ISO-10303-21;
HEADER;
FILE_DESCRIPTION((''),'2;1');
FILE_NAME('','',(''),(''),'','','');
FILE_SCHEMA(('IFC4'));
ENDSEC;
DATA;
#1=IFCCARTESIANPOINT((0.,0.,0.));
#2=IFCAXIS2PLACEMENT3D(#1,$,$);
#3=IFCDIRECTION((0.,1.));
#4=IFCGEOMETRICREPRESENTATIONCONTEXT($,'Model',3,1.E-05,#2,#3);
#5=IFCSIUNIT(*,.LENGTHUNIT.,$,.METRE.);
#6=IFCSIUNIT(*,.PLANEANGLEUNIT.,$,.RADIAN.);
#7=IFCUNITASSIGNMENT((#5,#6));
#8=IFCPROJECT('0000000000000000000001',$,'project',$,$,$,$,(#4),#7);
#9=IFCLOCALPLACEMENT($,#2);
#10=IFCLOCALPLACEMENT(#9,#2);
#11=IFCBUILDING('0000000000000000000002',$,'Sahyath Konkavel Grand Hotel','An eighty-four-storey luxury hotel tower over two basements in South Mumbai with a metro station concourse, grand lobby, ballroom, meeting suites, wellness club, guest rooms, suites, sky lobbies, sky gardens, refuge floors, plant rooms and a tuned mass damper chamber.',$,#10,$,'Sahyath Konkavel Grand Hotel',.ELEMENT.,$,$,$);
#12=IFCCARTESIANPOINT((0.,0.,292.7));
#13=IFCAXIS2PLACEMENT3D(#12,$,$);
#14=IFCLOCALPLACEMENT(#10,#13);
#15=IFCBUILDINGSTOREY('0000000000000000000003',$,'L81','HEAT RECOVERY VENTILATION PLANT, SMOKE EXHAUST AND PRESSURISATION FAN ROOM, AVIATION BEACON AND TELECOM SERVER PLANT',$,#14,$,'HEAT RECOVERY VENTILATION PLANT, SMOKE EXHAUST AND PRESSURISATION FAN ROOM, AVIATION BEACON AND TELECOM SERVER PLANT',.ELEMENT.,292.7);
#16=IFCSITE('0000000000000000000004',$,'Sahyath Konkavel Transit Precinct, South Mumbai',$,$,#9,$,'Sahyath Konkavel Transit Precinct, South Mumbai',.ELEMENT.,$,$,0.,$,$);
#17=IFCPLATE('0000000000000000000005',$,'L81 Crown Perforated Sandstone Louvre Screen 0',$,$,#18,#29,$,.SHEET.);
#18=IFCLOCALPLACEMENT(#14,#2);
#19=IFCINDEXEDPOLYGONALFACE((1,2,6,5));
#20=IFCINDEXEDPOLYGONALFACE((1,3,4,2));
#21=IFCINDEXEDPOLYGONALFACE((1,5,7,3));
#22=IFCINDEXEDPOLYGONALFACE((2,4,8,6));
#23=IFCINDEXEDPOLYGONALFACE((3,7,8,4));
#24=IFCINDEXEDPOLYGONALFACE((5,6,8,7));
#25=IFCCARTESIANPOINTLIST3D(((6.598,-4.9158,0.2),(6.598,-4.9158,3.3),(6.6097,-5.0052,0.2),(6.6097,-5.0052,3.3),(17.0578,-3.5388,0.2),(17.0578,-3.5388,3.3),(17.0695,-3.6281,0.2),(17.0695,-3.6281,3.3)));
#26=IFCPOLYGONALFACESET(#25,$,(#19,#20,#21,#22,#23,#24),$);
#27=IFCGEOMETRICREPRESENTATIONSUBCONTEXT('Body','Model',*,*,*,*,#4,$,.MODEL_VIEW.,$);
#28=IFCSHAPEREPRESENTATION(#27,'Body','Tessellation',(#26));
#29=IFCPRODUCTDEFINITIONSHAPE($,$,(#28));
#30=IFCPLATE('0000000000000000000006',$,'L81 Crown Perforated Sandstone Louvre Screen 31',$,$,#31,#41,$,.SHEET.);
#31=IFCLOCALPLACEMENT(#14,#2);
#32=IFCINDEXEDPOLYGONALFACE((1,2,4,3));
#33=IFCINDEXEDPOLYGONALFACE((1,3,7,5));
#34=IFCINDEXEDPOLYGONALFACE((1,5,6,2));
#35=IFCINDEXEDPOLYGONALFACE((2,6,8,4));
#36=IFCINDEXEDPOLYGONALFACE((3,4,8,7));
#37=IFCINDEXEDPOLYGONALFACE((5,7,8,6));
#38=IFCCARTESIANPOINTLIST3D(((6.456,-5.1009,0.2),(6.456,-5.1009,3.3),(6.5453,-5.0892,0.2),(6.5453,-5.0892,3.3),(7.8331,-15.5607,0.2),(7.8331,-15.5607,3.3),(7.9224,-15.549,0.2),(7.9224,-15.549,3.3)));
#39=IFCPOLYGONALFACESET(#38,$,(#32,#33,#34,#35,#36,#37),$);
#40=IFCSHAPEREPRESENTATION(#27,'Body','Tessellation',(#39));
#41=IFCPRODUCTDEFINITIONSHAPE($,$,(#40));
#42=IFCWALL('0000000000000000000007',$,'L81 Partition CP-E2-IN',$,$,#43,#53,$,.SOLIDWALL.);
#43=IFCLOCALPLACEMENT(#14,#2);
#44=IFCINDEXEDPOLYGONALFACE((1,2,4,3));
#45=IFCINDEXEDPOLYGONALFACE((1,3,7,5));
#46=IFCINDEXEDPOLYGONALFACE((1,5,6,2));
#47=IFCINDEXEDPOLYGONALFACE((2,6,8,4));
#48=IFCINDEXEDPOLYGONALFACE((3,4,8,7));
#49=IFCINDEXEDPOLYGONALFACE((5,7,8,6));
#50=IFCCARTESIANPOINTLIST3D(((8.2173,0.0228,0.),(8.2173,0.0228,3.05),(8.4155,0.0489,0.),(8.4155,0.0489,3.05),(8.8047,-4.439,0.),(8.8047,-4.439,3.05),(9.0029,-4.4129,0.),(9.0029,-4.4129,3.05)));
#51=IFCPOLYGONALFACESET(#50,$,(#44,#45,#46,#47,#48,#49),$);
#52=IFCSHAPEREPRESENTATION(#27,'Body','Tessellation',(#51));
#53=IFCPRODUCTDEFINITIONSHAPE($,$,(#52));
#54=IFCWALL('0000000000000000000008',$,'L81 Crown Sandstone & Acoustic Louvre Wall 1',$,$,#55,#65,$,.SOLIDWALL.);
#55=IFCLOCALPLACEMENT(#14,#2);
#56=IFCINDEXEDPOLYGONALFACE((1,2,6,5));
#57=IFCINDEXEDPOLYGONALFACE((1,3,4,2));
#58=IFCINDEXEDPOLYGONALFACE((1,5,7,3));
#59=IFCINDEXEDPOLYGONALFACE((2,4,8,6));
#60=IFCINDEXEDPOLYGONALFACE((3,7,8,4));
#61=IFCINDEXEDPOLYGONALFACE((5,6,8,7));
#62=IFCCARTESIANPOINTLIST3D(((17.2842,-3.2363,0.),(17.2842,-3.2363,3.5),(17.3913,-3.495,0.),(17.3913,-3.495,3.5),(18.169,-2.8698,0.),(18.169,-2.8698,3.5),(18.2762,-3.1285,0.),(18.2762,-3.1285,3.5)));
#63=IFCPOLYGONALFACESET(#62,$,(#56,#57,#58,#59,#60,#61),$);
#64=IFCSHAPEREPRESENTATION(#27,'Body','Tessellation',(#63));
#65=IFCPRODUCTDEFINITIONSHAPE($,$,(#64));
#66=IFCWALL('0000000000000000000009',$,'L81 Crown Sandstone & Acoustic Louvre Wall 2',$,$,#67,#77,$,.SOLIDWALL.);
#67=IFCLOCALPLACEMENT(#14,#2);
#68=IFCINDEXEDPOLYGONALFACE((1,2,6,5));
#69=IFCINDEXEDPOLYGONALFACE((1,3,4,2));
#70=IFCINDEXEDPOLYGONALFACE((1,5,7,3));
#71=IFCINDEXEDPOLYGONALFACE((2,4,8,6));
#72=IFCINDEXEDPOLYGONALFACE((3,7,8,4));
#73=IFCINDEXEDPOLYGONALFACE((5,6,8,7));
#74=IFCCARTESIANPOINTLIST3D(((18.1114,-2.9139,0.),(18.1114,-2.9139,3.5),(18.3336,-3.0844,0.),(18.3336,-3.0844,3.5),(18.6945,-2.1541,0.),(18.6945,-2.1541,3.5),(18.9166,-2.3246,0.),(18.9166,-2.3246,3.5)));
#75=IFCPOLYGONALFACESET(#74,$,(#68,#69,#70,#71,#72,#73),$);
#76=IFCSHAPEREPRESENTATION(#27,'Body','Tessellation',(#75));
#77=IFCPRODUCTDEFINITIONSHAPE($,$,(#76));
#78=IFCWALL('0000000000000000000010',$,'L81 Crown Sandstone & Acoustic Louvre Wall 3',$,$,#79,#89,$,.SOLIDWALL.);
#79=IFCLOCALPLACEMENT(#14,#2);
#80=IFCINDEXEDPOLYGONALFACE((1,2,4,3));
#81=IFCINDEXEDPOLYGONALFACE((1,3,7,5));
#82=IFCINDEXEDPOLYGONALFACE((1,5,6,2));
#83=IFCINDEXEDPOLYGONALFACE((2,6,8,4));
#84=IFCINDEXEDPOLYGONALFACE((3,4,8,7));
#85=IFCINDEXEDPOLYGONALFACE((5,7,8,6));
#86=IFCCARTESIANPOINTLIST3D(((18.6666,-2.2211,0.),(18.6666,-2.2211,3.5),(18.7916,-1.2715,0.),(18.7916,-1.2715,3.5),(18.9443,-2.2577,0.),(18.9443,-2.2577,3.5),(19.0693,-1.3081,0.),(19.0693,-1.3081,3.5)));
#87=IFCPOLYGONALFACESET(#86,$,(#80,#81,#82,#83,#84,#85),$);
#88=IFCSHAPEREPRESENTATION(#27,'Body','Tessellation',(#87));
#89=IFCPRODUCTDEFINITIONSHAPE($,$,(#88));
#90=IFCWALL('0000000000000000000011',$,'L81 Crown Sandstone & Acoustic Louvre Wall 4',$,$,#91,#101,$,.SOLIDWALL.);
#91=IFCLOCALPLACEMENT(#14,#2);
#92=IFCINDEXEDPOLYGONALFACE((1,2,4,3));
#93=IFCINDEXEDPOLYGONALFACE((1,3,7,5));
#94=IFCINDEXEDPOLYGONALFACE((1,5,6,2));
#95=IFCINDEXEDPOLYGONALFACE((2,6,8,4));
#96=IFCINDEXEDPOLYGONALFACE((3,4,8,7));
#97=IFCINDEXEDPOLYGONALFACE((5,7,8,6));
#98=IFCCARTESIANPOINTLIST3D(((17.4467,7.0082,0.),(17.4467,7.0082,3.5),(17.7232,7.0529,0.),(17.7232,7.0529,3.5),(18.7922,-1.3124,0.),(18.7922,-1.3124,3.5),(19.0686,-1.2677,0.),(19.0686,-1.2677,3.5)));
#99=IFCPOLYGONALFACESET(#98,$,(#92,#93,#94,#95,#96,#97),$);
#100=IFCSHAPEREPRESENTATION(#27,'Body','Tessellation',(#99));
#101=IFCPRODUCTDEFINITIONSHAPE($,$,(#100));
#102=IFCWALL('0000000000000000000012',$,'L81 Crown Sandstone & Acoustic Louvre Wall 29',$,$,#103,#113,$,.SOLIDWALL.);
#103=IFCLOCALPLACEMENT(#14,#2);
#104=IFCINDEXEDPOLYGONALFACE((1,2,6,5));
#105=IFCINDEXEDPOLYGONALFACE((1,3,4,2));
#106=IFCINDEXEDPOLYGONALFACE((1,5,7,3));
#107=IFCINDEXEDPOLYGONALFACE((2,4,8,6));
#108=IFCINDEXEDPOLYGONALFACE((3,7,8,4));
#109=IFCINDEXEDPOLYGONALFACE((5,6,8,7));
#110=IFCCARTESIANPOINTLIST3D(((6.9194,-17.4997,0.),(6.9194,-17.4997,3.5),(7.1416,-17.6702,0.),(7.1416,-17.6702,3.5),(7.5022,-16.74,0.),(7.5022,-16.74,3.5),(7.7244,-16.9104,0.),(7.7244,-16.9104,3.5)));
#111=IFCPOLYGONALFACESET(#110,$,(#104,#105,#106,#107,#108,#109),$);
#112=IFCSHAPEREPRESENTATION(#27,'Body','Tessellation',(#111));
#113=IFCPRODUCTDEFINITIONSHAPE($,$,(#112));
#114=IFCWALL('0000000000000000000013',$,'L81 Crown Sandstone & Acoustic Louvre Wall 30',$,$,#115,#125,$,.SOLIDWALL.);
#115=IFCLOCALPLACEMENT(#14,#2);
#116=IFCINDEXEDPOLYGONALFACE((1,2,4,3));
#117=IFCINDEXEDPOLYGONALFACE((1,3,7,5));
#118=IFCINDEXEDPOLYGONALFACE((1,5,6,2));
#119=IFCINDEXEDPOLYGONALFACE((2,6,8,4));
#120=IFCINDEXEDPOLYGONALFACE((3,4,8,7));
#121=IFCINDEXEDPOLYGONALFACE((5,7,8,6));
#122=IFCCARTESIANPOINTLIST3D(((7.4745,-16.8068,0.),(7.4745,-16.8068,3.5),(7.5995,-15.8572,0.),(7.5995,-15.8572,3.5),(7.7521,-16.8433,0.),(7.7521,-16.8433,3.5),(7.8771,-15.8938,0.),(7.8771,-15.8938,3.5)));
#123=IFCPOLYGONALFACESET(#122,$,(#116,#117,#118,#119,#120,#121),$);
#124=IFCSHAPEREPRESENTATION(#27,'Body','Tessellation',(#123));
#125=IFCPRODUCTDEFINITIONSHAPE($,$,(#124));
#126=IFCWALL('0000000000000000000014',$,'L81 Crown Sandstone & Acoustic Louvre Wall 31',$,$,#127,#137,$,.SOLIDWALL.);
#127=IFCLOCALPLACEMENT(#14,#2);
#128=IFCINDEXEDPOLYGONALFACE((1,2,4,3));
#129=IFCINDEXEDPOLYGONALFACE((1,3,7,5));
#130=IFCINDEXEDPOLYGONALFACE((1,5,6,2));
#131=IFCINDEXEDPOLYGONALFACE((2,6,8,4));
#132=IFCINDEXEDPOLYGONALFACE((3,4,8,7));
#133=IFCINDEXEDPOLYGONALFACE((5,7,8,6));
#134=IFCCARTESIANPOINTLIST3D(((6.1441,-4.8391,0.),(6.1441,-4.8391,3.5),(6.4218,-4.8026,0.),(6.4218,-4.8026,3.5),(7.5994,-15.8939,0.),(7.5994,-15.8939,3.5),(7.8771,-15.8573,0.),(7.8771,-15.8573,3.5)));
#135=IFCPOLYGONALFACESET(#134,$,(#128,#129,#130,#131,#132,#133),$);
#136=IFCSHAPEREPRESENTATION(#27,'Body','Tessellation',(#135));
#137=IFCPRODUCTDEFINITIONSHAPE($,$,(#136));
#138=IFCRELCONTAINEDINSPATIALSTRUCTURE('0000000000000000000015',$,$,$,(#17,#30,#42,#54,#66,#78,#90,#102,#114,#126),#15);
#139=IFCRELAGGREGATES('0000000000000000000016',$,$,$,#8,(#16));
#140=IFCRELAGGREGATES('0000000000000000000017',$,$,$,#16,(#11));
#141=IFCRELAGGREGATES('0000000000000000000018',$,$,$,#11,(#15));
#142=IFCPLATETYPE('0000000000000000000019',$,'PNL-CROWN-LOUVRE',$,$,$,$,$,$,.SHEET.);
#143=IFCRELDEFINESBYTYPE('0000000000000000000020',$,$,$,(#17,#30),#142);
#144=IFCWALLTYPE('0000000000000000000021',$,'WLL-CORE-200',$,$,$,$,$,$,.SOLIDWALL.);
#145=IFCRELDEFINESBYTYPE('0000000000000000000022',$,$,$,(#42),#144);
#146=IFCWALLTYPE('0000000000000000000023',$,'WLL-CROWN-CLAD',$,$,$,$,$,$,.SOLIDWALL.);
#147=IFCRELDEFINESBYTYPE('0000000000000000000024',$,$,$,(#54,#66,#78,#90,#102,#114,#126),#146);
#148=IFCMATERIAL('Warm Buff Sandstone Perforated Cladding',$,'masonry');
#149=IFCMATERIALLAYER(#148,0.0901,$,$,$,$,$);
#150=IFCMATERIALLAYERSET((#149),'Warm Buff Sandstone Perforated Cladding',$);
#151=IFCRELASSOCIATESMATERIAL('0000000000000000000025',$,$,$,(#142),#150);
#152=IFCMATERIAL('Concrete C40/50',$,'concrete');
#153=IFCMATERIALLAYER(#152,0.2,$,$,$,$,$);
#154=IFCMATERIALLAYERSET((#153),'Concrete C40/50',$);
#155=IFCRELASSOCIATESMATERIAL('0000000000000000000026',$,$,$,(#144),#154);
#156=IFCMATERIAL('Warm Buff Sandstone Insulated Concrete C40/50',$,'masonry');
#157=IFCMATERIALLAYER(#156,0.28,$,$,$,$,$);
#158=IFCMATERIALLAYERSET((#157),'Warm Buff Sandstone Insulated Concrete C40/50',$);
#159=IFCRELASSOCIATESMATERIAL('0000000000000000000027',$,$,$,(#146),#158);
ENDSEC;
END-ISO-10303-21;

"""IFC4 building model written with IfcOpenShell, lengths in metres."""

from ifc_helpers import new_model, si_unit, direction, frame, frame_2d, origin, origin_2d, place, context, subcontext, project, spatial, rectangle, extrude, source, transform, mapped, material, layer, layer_set, type_object, element, save


model = new_model("IFC4")

# Units and contexts
model_context = context("Model", 3, precision=1e-05, world=origin(), true_north=direction((0.0, 1.0)))
body_context = subcontext(model_context, "Body", "Model", "MODEL_VIEW")
ifc_project = project(units=[si_unit("LENGTHUNIT", "METRE"), si_unit("PLANEANGLEUNIT", "RADIAN")], contexts=[model_context])

# Site, building, storey
site_placement = place(None, origin())
site = spatial("IfcSite", under=ifc_project, at=site_placement, Name="Sahyath Konkavel Transit Precinct, South Mumbai", LongName="Sahyath Konkavel Transit Precinct, South Mumbai", CompositionType="ELEMENT", RefElevation=0.0)
building_placement = place(site_placement, origin())
building = spatial("IfcBuilding", under=site, at=building_placement, Name="Sahyath Konkavel Grand Hotel", Description="An eighty-four-storey luxury hotel tower over two basements in South Mumbai with a metro station concourse, grand lobby, ballroom, meeting suites, wellness club, guest rooms, suites, sky lobbies, sky gardens, refuge floors, plant rooms and a tuned mass damper chamber.", LongName="Sahyath Konkavel Grand Hotel", CompositionType="ELEMENT")
storey_placement = place(building_placement, frame((0.0, 0.0, 292.7)))
storey = spatial("IfcBuildingStorey", under=building, at=storey_placement, Name="L81", Description="HEAT RECOVERY VENTILATION PLANT, SMOKE EXHAUST AND PRESSURISATION FAN ROOM, AVIATION BEACON AND TELECOM SERVER PLANT", LongName="HEAT RECOVERY VENTILATION PLANT, SMOKE EXHAUST AND PRESSURISATION FAN ROOM, AVIATION BEACON AND TELECOM SERVER PLANT", CompositionType="ELEMENT", Elevation=292.7)

# Shared definitions
ifc_material_1 = material(Name="Concrete C40/50", Category="concrete")

# Plates
ifc_material_2 = material(Name="Warm Buff Sandstone Perforated Cladding", Category="masonry")
ifc_layer_1 = layer(ifc_material_2, 0.0901)
ifc_layer_set_1 = layer_set([ifc_layer_1], Name="Warm Buff Sandstone Perforated Cladding")
plate_type_1 = type_object("IfcPlateType", Name="PNL-CROWN-LOUVRE", PredefinedType="SHEET", material=ifc_layer_set_1)
shared_shape_1 = source(origin(), body_context, "Body", "SweptSolid", [
    extrude(rectangle(XDim=10.55, YDim=0.0901, at=origin_2d()), origin(), (0.0, 0.0, 1.0), 3.1001),
])
for number, where, z_axis, x_axis, name in (
    (1, (11.8337, -4.272, 0.2), (0.0, 0.0, 1.0), (0.991445, 0.130526, 0.0), "L81 Crown Perforated Sandstone Louvre Screen 0"),
    (2, (7.1892, -10.325, 0.2), (0.0, 0.0, 1.0), (-0.130526, 0.991445, 0.0), "L81 Crown Perforated Sandstone Louvre Screen 31"),
):
    element("IfcPlate", number, at=place(storey_placement, frame(where, z_axis=z_axis, x_axis=x_axis)), inside=storey, type_object=plate_type_1, Name=name, PredefinedType="SHEET", context=body_context, shape_type="MappedRepresentation", body=[
        mapped(shared_shape_1, transform((0.0, 0.0, 0.0), scale=1.0)),
    ])

# Walls
ifc_layer_2 = layer(ifc_material_1, 0.2)
ifc_layer_set_2 = layer_set([ifc_layer_2], Name="Concrete C40/50")
wall_type_1 = type_object("IfcWallType", Name="WLL-CORE-200", PredefinedType="SOLIDWALL", material=ifc_layer_set_2)
wall_1_placement = place(storey_placement, frame((8.9038, -4.4258, 0.0), z_axis=(0.0, 0.0, 1.0), x_axis=(-0.130529, 0.991445, 0.0)))
element("IfcWall", 3, at=wall_1_placement, inside=storey, type_object=wall_type_1, Name="L81 Partition CP-E2-IN", PredefinedType="SOLIDWALL", context=body_context, shape_type="SweptSolid", body=[
    extrude(rectangle(XDim=4.5002, YDim=0.2, at=frame_2d((2.25, 0.0))), origin(), (0.0, 0.0, 1.0), 3.05),
])
ifc_material_3 = material(Name="Warm Buff Sandstone Insulated Concrete C40/50", Category="masonry")
ifc_layer_3 = layer(ifc_material_3, 0.28)
ifc_layer_set_3 = layer_set([ifc_layer_3], Name="Warm Buff Sandstone Insulated Concrete C40/50")
wall_type_2 = type_object("IfcWallType", Name="WLL-CROWN-CLAD", PredefinedType="SOLIDWALL", material=ifc_layer_set_3)
for number, where, z_axis, x_axis, name in (
    (4, (17.3376, -3.3657, 0.0), (0.0, 0.0, 1.0), (0.923889, 0.38266, 0.0), "L81 Crown Sandstone & Acoustic Louvre Wall 1"),
    (5, (18.2224, -2.9993, 0.0), (0.0, 0.0, 1.0), (0.608774, 0.793344, 0.0), "L81 Crown Sandstone & Acoustic Louvre Wall 2"),
    (6, (18.8054, -2.2395, 0.0), (0.0, 0.0, 1.0), (0.130527, 0.991445, 0.0), "L81 Crown Sandstone & Acoustic Louvre Wall 3"),
):
    element("IfcWall", number, at=place(storey_placement, frame(where, z_axis=z_axis, x_axis=x_axis)), inside=storey, type_object=wall_type_2, Name=name, PredefinedType="SOLIDWALL", context=body_context, shape_type="SweptSolid", body=[
        extrude(rectangle(XDim=0.9578, YDim=0.28, at=frame_2d((0.479, 0.0))), origin(), (0.0, 0.0, 1.0), 3.5),
    ])
wall_2_placement = place(storey_placement, frame((18.9304, -1.29, 0.0), z_axis=(0.0, 0.0, 1.0), x_axis=(-0.159629, 0.987177, 0.0)))
element("IfcWall", 7, at=wall_2_placement, inside=storey, type_object=wall_type_2, Name="L81 Crown Sandstone & Acoustic Louvre Wall 4", PredefinedType="SOLIDWALL", context=body_context, shape_type="SweptSolid", body=[
    extrude(rectangle(XDim=8.4287, YDim=0.28, at=frame_2d((4.2144, 0.0))), origin(), (0.0, 0.0, 1.0), 3.5),
])
wall_3_placement = place(storey_placement, frame((7.0305, -17.585, 0.0), z_axis=(0.0, 0.0, 1.0), x_axis=(0.608614, 0.793467, 0.0)))
element("IfcWall", 8, at=wall_3_placement, inside=storey, type_object=wall_type_2, Name="L81 Crown Sandstone & Acoustic Louvre Wall 29", PredefinedType="SOLIDWALL", context=body_context, shape_type="SweptSolid", body=[
    extrude(rectangle(XDim=0.9575, YDim=0.28, at=frame_2d((0.4788, 0.0))), origin(), (0.0, 0.0, 1.0), 3.5),
])
wall_4_placement = place(storey_placement, frame((7.6133, -16.8252, 0.0), z_axis=(0.0, 0.0, 1.0), x_axis=(0.130527, 0.991445, 0.0)))
element("IfcWall", 9, at=wall_4_placement, inside=storey, type_object=wall_type_2, Name="L81 Crown Sandstone & Acoustic Louvre Wall 30", PredefinedType="SOLIDWALL", context=body_context, shape_type="SweptSolid", body=[
    extrude(rectangle(XDim=0.9578, YDim=0.28, at=frame_2d((0.479, 0.0))), origin(), (0.0, 0.0, 1.0), 3.5),
])
wall_5_placement = place(storey_placement, frame((7.7383, -15.8757, 0.0), z_axis=(0.0, 0.0, 1.0), x_axis=(-0.130521, 0.991445, 0.0)))
element("IfcWall", 10, at=wall_5_placement, inside=storey, type_object=wall_type_2, Name="L81 Crown Sandstone & Acoustic Louvre Wall 31", PredefinedType="SOLIDWALL", context=body_context, shape_type="SweptSolid", body=[
    extrude(rectangle(XDim=11.1501, YDim=0.28, at=frame_2d((5.5752, 0.0))), origin(), (0.0, 0.0, 1.0), 3.5),
])

save(model, "model.ifc")
